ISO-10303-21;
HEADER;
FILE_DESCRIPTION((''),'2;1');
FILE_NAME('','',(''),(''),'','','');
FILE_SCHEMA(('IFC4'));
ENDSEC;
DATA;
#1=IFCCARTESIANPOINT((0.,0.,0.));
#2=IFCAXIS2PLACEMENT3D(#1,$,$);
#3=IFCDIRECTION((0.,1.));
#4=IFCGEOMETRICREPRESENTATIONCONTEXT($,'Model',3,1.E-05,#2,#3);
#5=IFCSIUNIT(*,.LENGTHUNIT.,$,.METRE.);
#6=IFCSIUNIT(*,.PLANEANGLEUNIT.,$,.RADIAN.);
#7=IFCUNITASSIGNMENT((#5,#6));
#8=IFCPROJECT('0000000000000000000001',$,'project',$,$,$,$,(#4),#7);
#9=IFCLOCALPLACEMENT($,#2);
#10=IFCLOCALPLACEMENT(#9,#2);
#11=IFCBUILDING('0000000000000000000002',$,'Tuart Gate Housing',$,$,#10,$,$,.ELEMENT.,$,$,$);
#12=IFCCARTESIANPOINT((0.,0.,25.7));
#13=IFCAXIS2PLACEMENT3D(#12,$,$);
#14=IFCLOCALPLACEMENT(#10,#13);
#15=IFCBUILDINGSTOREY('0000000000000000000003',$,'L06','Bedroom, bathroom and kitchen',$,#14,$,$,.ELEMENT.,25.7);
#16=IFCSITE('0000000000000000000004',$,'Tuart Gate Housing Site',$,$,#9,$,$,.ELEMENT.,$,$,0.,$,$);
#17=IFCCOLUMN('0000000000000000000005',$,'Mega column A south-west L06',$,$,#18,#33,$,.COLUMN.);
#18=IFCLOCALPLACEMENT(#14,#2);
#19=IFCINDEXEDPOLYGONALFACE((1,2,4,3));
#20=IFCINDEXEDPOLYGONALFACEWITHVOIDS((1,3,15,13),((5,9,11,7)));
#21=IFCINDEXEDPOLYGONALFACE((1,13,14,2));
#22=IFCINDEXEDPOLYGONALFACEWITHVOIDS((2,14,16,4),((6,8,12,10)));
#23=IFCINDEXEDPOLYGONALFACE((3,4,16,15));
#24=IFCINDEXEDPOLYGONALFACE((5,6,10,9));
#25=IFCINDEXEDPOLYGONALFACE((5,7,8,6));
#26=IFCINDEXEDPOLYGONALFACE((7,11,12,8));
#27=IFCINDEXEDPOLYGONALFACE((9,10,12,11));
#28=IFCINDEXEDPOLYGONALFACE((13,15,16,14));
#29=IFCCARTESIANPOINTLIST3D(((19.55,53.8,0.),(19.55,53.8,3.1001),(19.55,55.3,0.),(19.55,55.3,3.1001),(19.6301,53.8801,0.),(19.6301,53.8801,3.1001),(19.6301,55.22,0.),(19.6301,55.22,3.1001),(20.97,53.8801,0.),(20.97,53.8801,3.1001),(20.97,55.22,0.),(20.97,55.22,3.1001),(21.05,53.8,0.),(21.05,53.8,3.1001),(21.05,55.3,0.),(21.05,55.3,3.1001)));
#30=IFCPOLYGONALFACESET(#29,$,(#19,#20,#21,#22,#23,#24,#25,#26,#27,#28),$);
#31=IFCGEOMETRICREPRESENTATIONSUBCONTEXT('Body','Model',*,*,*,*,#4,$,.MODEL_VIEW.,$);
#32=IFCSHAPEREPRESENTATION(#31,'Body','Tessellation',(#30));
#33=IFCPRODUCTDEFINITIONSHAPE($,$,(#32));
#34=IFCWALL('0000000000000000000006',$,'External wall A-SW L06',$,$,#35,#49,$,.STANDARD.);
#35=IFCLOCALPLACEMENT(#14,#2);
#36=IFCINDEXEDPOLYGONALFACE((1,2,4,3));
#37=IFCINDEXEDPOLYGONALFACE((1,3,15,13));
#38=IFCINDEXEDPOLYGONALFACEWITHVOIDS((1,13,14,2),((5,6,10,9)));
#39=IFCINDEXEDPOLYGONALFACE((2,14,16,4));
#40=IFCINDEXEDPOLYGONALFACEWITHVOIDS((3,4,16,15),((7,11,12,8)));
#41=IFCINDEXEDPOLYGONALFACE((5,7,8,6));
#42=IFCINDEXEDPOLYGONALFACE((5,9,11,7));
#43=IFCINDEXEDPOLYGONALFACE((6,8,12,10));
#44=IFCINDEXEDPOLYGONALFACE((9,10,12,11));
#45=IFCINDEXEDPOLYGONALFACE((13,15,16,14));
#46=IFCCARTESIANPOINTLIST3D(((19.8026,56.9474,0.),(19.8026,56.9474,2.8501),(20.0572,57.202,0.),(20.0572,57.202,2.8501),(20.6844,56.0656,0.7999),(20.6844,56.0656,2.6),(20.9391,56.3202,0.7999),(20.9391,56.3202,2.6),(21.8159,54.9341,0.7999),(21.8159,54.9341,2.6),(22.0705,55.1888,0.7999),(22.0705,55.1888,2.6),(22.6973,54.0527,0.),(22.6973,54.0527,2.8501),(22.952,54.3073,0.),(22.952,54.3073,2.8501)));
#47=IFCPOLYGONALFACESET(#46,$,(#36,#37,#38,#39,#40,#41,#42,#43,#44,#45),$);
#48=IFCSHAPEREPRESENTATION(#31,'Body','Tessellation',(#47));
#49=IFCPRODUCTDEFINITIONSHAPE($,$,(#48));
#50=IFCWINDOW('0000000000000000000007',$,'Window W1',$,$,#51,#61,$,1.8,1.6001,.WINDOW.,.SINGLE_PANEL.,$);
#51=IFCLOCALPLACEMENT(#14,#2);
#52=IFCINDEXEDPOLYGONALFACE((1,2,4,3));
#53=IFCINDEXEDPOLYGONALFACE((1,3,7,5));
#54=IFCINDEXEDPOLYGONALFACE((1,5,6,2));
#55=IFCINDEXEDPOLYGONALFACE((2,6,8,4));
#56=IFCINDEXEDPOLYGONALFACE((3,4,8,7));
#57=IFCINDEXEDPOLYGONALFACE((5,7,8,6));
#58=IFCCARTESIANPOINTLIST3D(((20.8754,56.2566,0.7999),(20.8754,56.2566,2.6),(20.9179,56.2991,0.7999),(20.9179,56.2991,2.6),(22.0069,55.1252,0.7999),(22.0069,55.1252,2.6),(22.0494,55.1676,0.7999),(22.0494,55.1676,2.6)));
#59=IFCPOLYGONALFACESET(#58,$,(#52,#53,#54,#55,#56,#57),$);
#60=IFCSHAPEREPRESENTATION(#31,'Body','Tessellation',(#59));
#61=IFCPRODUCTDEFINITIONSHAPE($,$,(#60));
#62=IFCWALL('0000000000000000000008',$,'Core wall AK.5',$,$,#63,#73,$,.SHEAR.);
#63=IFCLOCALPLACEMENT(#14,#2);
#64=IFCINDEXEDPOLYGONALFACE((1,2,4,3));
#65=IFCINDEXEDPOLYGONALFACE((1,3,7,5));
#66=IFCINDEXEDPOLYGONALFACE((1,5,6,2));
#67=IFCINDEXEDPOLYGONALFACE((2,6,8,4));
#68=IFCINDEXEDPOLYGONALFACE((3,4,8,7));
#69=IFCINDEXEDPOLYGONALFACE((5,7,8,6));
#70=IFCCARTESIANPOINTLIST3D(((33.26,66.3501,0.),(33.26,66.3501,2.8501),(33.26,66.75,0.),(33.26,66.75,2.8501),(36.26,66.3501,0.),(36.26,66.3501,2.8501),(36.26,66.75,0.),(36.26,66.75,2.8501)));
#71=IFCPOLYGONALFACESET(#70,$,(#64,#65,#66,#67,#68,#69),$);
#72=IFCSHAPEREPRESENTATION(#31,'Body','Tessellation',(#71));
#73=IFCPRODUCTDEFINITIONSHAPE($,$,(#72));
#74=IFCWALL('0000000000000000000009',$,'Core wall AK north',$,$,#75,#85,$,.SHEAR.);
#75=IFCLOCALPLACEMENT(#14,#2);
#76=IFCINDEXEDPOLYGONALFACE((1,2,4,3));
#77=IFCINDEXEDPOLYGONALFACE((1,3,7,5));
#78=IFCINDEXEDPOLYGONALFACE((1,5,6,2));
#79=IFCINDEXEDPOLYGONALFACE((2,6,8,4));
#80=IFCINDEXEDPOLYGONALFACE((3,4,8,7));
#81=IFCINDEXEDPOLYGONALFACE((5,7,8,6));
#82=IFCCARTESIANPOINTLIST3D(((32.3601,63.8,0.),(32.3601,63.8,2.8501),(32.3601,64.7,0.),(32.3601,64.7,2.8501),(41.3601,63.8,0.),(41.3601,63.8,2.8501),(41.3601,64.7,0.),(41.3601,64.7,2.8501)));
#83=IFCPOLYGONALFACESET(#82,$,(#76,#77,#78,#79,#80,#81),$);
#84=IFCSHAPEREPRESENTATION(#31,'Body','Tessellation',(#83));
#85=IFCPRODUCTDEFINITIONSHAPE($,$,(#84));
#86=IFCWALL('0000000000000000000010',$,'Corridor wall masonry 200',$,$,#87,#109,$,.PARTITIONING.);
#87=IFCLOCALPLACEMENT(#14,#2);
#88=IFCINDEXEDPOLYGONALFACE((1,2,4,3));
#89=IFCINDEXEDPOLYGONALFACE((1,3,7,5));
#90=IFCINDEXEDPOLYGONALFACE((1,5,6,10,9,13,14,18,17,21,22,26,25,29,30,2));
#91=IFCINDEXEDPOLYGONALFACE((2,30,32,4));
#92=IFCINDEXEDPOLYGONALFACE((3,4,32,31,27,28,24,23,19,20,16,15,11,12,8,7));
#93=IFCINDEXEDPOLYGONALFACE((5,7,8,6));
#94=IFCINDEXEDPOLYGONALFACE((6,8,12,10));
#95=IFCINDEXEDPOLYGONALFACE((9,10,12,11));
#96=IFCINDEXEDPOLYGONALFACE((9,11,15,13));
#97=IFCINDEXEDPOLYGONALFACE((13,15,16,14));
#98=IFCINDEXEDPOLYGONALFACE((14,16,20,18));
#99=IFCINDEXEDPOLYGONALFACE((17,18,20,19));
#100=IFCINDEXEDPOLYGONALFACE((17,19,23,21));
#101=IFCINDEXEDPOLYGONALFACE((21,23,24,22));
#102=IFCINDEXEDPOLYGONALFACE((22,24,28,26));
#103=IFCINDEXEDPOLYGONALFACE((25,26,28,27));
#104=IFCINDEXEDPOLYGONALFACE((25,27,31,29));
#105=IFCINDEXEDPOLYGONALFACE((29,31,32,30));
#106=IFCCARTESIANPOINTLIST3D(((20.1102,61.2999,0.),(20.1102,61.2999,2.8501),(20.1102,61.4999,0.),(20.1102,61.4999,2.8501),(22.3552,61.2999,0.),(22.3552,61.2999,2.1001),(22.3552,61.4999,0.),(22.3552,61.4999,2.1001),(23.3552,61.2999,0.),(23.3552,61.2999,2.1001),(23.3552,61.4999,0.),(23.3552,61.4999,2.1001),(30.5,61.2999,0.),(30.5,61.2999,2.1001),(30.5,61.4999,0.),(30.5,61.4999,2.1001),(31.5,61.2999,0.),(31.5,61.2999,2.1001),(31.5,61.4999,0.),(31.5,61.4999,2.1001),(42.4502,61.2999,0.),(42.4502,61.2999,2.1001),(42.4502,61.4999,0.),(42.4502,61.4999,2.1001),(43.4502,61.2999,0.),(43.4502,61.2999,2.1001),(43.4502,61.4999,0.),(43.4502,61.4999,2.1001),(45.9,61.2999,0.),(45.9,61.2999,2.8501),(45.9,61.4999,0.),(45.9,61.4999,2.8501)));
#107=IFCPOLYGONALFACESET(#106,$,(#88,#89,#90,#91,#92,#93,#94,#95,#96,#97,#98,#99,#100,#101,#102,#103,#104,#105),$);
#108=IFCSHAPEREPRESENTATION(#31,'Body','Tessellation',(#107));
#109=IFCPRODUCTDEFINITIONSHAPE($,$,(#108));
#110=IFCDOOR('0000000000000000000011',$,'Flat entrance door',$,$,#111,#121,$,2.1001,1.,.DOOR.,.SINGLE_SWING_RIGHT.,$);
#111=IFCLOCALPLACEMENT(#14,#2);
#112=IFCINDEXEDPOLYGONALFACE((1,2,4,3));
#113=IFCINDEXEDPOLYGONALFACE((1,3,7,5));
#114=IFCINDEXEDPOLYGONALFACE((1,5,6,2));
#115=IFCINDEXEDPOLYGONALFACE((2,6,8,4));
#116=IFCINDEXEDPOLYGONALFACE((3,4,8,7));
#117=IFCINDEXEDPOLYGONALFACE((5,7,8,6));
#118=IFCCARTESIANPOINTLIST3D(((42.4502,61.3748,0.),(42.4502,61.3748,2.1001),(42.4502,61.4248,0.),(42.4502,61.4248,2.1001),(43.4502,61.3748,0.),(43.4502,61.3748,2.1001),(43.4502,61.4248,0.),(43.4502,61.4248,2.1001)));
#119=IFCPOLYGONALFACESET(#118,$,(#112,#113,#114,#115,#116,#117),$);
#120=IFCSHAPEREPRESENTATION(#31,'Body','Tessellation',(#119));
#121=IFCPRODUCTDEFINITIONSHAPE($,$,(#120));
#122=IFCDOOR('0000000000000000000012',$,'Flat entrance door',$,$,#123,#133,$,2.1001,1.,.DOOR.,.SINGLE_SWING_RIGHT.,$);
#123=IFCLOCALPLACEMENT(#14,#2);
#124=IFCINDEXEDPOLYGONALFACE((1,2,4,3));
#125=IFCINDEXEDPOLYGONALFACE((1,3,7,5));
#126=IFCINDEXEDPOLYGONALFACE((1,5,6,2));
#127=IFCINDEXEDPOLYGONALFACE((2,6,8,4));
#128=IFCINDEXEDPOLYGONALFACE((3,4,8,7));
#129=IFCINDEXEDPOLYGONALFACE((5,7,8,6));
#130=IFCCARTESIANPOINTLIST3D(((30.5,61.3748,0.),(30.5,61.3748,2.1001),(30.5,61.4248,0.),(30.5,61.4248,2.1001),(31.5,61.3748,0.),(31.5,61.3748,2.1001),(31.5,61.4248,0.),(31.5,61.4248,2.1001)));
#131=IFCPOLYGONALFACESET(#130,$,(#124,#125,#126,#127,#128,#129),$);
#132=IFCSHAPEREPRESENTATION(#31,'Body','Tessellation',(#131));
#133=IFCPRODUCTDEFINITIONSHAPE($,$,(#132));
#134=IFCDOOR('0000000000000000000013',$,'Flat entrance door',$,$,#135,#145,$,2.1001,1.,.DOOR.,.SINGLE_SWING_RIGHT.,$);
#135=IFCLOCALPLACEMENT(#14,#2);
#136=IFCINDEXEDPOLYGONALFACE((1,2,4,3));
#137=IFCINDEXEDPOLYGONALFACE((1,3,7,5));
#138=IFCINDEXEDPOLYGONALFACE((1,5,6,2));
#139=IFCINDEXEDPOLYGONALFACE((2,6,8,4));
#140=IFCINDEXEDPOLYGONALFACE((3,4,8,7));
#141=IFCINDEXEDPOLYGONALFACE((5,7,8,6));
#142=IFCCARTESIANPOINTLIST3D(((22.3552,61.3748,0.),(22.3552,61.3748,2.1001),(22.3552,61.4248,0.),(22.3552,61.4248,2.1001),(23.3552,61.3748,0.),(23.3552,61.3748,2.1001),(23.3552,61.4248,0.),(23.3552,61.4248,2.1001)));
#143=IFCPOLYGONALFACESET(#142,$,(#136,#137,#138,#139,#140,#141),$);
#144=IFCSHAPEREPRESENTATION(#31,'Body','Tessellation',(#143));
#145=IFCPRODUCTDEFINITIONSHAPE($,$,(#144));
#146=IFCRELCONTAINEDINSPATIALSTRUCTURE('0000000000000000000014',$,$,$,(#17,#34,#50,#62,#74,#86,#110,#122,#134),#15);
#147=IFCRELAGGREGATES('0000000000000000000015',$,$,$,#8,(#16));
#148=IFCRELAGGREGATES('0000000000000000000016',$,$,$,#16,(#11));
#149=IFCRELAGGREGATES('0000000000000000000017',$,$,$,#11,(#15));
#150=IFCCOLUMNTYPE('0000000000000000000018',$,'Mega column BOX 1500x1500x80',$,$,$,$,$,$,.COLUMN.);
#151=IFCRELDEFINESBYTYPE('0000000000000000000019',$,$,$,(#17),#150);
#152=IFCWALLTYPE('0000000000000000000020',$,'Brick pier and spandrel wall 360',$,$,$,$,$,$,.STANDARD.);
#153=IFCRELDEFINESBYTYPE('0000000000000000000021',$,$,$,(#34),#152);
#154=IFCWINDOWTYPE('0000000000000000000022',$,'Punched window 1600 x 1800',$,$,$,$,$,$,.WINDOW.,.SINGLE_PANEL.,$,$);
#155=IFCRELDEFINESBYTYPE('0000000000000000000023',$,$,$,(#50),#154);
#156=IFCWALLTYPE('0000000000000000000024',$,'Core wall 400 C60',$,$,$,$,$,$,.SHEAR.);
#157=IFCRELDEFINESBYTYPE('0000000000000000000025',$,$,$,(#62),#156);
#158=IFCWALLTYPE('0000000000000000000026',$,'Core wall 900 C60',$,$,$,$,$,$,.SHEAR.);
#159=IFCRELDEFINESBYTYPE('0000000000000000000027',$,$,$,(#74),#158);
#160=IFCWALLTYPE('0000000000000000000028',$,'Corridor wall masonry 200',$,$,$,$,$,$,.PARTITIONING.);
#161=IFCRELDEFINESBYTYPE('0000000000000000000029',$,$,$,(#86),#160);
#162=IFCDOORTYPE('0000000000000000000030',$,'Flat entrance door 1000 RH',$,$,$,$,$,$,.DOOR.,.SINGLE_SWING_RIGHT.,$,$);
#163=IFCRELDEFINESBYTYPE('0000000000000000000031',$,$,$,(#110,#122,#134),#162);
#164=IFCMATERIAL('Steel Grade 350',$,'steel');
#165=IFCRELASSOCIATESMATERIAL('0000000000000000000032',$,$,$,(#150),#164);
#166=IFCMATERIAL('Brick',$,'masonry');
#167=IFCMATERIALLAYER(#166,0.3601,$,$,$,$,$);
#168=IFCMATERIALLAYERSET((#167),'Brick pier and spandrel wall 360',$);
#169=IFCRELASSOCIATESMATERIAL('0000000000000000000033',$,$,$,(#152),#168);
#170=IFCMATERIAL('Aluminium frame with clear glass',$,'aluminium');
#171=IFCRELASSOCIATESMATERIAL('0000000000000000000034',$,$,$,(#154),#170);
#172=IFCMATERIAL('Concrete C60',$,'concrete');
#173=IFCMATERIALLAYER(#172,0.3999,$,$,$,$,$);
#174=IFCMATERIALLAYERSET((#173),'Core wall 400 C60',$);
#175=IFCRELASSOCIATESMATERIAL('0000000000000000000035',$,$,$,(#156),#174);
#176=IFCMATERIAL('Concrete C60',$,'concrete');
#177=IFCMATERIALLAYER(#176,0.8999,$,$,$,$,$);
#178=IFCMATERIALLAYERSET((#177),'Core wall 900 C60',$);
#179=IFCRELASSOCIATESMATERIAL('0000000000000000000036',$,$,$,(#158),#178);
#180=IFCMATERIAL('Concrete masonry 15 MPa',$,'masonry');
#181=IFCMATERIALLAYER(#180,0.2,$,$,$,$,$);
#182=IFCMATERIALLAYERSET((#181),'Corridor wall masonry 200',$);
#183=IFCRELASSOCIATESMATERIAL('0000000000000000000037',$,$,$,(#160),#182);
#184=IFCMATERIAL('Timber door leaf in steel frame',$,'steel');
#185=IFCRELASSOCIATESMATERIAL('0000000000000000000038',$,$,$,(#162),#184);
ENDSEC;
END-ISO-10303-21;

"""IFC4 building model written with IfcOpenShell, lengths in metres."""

from ifc_helpers import new_model, si_unit, direction, frame, frame_2d, origin, origin_2d, place, context, subcontext, project, spatial, rectangle, hollow_rectangle, extrude, material, layer, layer_set, material_profile, profile_set, type_object, element, fill, save


model = new_model("IFC4")

# Units and contexts
model_context = context("Model", 3, precision=1e-05, world=origin(), true_north=direction((0.0, 1.0)))
body_context = subcontext(model_context, "Body", "Model", "MODEL_VIEW")
ifc_project = project(units=[si_unit("LENGTHUNIT", "METRE"), si_unit("PLANEANGLEUNIT", "RADIAN")], contexts=[model_context])

# Site, building, storey
site_placement = place(None, origin())
site = spatial("IfcSite", under=ifc_project, at=site_placement, Name="Tuart Gate Housing Site", CompositionType="ELEMENT", RefElevation=0.0)
building_placement = place(site_placement, origin())
building = spatial("IfcBuilding", under=site, at=building_placement, Name="Tuart Gate Housing", CompositionType="ELEMENT")
storey_placement = place(building_placement, frame((0.0, 0.0, 25.7)))
storey = spatial("IfcBuildingStorey", under=building, at=storey_placement, Name="L06", Description="Bedroom, bathroom and kitchen", CompositionType="ELEMENT", Elevation=25.7)

# Column
ifc_material_1 = material(Name="Steel Grade 350", Category="steel")
ifc_material_profile = material_profile(ifc_material_1, hollow_rectangle(XDim=1.5, YDim=1.5, WallThickness=0.0801, at=origin_2d()), Name="BOX 1500x1500x80")
ifc_profile_set = profile_set([ifc_material_profile], Name="Steel Grade 350")
column_type = type_object("IfcColumnType", Name="Mega column BOX 1500x1500x80", PredefinedType="COLUMN", material=ifc_profile_set)
column_placement = place(storey_placement, frame((20.3, 54.55, 0.0), z_axis=(0.0, 0.0, 1.0), x_axis=(1.0, 0.0, 0.0)))
element("IfcColumn", 1, at=column_placement, inside=storey, type_object=column_type, Name="Mega column A south-west L06", PredefinedType="COLUMN", context=body_context, shape_type="SweptSolid", body=[
    extrude(hollow_rectangle(XDim=1.5, YDim=1.5, WallThickness=0.0801, at=origin_2d()), origin(), (0.0, 0.0, 1.0), 3.1001),
])

# Wall, opening, window
ifc_material_2 = material(Name="Brick", Category="masonry")
ifc_layer_1 = layer(ifc_material_2, 0.3601)
ifc_layer_set_1 = layer_set([ifc_layer_1], Name="Brick pier and spandrel wall 360")
wall_type_1 = type_object("IfcWallType", Name="Brick pier and spandrel wall 360", PredefinedType="STANDARD", material=ifc_layer_set_1)
wall_1_placement = place(storey_placement, frame((19.9299, 57.0747, 0.0), z_axis=(0.0, 0.0, 1.0), x_axis=(0.707107, -0.707107, 0.0)))
wall_1 = element("IfcWall", 2, at=wall_1_placement, inside=storey, type_object=wall_type_1, Name="External wall A-SW L06", PredefinedType="STANDARD", context=body_context, shape_type="SweptSolid", body=[
    extrude(rectangle(XDim=4.0938, YDim=0.3601, at=frame_2d((2.0469, 0.0))), origin(), (0.0, 0.0, 1.0), 2.8501),
])
opening_1_placement = place(wall_1_placement, frame((1.2471, 0.0, 0.8)))
opening_1 = element("IfcOpeningElement", 3, at=opening_1_placement, cuts=wall_1, PredefinedType="OPENING", context=body_context, shape_type="SweptSolid", body=[
    extrude(rectangle(XDim=1.6001, YDim=1.8, at=frame_2d((0.8, 0.8999))), frame((0.0, 0.1899, 0.0), z_axis=(0.0, -1.0, 0.0), x_axis=(1.0, 0.0, 0.0)), (0.0, 0.0, 1.0), 0.3801),
])
ifc_material_3 = material(Name="Aluminium frame with clear glass", Category="aluminium")
window_type = type_object("IfcWindowType", Name="Punched window 1600 x 1800", PartitioningType="SINGLE_PANEL", PredefinedType="WINDOW", material=ifc_material_3)
window_placement = place(opening_1_placement, origin())
window = element("IfcWindow", 4, at=window_placement, inside=storey, type_object=window_type, Name="Window W1", OverallHeight=1.8, OverallWidth=1.6001, PartitioningType="SINGLE_PANEL", PredefinedType="WINDOW", context=body_context, shape_type="SweptSolid", body=[
    extrude(rectangle(XDim=1.6001, YDim=1.8, at=frame_2d((0.8, 0.8999))), frame((0.0, 0.1501, 0.0), z_axis=(0.0, -1.0, 0.0), x_axis=(1.0, 0.0, 0.0)), (0.0, 0.0, 1.0), 0.0601),
])
fill(opening_1, window)

# Walls
ifc_material_4 = material(Name="Concrete C60", Category="concrete")
ifc_layer_2 = layer(ifc_material_4, 0.3999)
ifc_layer_set_2 = layer_set([ifc_layer_2], Name="Core wall 400 C60")
wall_type_2 = type_object("IfcWallType", Name="Core wall 400 C60", PredefinedType="SHEAR", material=ifc_layer_set_2)
wall_2_placement = place(storey_placement, frame((36.26, 66.55, 0.0), z_axis=(0.0, 0.0, 1.0), x_axis=(-1.0, 0.0, 0.0)))
element("IfcWall", 5, at=wall_2_placement, inside=storey, type_object=wall_type_2, Name="Core wall AK.5", PredefinedType="SHEAR", context=body_context, shape_type="SweptSolid", body=[
    extrude(rectangle(XDim=3.0, YDim=0.3999, at=frame_2d((1.5, 0.0))), origin(), (0.0, 0.0, 1.0), 2.8501),
])
ifc_material_5 = material(Name="Concrete C60", Category="concrete")
ifc_layer_3 = layer(ifc_material_5, 0.8999)
ifc_layer_set_3 = layer_set([ifc_layer_3], Name="Core wall 900 C60")
wall_type_3 = type_object("IfcWallType", Name="Core wall 900 C60", PredefinedType="SHEAR", material=ifc_layer_set_3)
wall_3_placement = place(storey_placement, frame((41.3601, 64.25, 0.0), z_axis=(0.0, 0.0, 1.0), x_axis=(-1.0, 0.0, 0.0)))
element("IfcWall", 6, at=wall_3_placement, inside=storey, type_object=wall_type_3, Name="Core wall AK north", PredefinedType="SHEAR", context=body_context, shape_type="SweptSolid", body=[
    extrude(rectangle(XDim=9.0, YDim=0.8999, at=frame_2d((4.5, 0.0))), origin(), (0.0, 0.0, 1.0), 2.8501),
])

# Wall, openings, doors
ifc_material_6 = material(Name="Concrete masonry 15 MPa", Category="masonry")
ifc_layer_4 = layer(ifc_material_6, 0.2)
ifc_layer_set_4 = layer_set([ifc_layer_4], Name="Corridor wall masonry 200")
wall_type_4 = type_object("IfcWallType", Name="Corridor wall masonry 200", PredefinedType="PARTITIONING", material=ifc_layer_set_4)
wall_4_placement = place(storey_placement, frame((20.1101, 61.3999, 0.0), z_axis=(0.0, 0.0, 1.0), x_axis=(1.0, 0.0, 0.0)))
wall_4 = element("IfcWall", 7, at=wall_4_placement, inside=storey, type_object=wall_type_4, Name="Corridor wall masonry 200", PredefinedType="PARTITIONING", context=body_context, shape_type="SweptSolid", body=[
    extrude(rectangle(XDim=25.7898, YDim=0.2, at=frame_2d((12.895, 0.0))), origin(), (0.0, 0.0, 1.0), 2.8501),
])
opening_2_placement = place(wall_4_placement, frame((22.3401, 0.0, 0.0)))
opening_2 = element("IfcOpeningElement", 8, at=opening_2_placement, cuts=wall_4, PredefinedType="OPENING", context=body_context, shape_type="SweptSolid", body=[
    extrude(rectangle(XDim=1.0, YDim=2.1001, at=frame_2d((0.5, 1.05))), frame((0.0, 0.1099, 0.0), z_axis=(0.0, -1.0, 0.0), x_axis=(1.0, 0.0, 0.0)), (0.0, 0.0, 1.0), 0.22),
])
opening_3_placement = place(wall_4_placement, frame((10.3899, 0.0, 0.0)))
opening_3 = element("IfcOpeningElement", 9, at=opening_3_placement, cuts=wall_4, PredefinedType="OPENING", context=body_context, shape_type="SweptSolid", body=[
    extrude(rectangle(XDim=1.0, YDim=2.1001, at=frame_2d((0.5, 1.05))), frame((0.0, 0.1099, 0.0), z_axis=(0.0, -1.0, 0.0), x_axis=(1.0, 0.0, 0.0)), (0.0, 0.0, 1.0), 0.22),
])
opening_4_placement = place(wall_4_placement, frame((2.2451, 0.0, 0.0)))
opening_4 = element("IfcOpeningElement", 10, at=opening_4_placement, cuts=wall_4, PredefinedType="OPENING", context=body_context, shape_type="SweptSolid", body=[
    extrude(rectangle(XDim=1.0, YDim=2.1001, at=frame_2d((0.5, 1.05))), frame((0.0, 0.1099, 0.0), z_axis=(0.0, -1.0, 0.0), x_axis=(1.0, 0.0, 0.0)), (0.0, 0.0, 1.0), 0.22),
])
ifc_material_7 = material(Name="Timber door leaf in steel frame", Category="steel")
door_type_1 = type_object("IfcDoorType", Name="Flat entrance door 1000 RH", OperationType="SINGLE_SWING_RIGHT", PredefinedType="DOOR", material=ifc_material_7)
door_1_placement = place(opening_2_placement, frame((1.0, 0.0, 0.0), z_axis=(0.0, 0.0, 1.0), x_axis=(-1.0, 0.0, 0.0)))
door_1 = element("IfcDoor", 11, at=door_1_placement, inside=storey, type_object=door_type_1, Name="Flat entrance door", OperationType="SINGLE_SWING_RIGHT", OverallHeight=2.1001, OverallWidth=1.0, PredefinedType="DOOR", context=body_context, shape_type="SweptSolid", body=[
    extrude(rectangle(XDim=1.0, YDim=2.1001, at=frame_2d((0.5, 1.05))), frame((0.0, 0.0251, 0.0), z_axis=(0.0, -1.0, 0.0), x_axis=(1.0, 0.0, 0.0)), (0.0, 0.0, 1.0), 0.05),
])
fill(opening_2, door_1)
door_2_placement = place(opening_3_placement, frame((1.0, 0.0, 0.0), z_axis=(0.0, 0.0, 1.0), x_axis=(-1.0, 0.0, 0.0)))
door_2 = element("IfcDoor", 12, at=door_2_placement, inside=storey, type_object=door_type_1, Name="Flat entrance door", OperationType="SINGLE_SWING_RIGHT", OverallHeight=2.1001, OverallWidth=1.0, PredefinedType="DOOR", context=body_context, shape_type="SweptSolid", body=[
    extrude(rectangle(XDim=1.0, YDim=2.1001, at=frame_2d((0.5, 1.05))), frame((0.0, 0.0251, 0.0), z_axis=(0.0, -1.0, 0.0), x_axis=(1.0, 0.0, 0.0)), (0.0, 0.0, 1.0), 0.05),
])
fill(opening_3, door_2)
door_3_placement = place(opening_4_placement, frame((1.0, 0.0, 0.0), z_axis=(0.0, 0.0, 1.0), x_axis=(-1.0, 0.0, 0.0)))
door_3 = element("IfcDoor", 13, at=door_3_placement, inside=storey, type_object=door_type_1, Name="Flat entrance door", OperationType="SINGLE_SWING_RIGHT", OverallHeight=2.1001, OverallWidth=1.0, PredefinedType="DOOR", context=body_context, shape_type="SweptSolid", body=[
    extrude(rectangle(XDim=1.0, YDim=2.1001, at=frame_2d((0.5, 1.05))), frame((0.0, 0.0251, 0.0), z_axis=(0.0, -1.0, 0.0), x_axis=(1.0, 0.0, 0.0)), (0.0, 0.0, 1.0), 0.05),
])
fill(opening_4, door_3)

save(model, "model.ifc")
